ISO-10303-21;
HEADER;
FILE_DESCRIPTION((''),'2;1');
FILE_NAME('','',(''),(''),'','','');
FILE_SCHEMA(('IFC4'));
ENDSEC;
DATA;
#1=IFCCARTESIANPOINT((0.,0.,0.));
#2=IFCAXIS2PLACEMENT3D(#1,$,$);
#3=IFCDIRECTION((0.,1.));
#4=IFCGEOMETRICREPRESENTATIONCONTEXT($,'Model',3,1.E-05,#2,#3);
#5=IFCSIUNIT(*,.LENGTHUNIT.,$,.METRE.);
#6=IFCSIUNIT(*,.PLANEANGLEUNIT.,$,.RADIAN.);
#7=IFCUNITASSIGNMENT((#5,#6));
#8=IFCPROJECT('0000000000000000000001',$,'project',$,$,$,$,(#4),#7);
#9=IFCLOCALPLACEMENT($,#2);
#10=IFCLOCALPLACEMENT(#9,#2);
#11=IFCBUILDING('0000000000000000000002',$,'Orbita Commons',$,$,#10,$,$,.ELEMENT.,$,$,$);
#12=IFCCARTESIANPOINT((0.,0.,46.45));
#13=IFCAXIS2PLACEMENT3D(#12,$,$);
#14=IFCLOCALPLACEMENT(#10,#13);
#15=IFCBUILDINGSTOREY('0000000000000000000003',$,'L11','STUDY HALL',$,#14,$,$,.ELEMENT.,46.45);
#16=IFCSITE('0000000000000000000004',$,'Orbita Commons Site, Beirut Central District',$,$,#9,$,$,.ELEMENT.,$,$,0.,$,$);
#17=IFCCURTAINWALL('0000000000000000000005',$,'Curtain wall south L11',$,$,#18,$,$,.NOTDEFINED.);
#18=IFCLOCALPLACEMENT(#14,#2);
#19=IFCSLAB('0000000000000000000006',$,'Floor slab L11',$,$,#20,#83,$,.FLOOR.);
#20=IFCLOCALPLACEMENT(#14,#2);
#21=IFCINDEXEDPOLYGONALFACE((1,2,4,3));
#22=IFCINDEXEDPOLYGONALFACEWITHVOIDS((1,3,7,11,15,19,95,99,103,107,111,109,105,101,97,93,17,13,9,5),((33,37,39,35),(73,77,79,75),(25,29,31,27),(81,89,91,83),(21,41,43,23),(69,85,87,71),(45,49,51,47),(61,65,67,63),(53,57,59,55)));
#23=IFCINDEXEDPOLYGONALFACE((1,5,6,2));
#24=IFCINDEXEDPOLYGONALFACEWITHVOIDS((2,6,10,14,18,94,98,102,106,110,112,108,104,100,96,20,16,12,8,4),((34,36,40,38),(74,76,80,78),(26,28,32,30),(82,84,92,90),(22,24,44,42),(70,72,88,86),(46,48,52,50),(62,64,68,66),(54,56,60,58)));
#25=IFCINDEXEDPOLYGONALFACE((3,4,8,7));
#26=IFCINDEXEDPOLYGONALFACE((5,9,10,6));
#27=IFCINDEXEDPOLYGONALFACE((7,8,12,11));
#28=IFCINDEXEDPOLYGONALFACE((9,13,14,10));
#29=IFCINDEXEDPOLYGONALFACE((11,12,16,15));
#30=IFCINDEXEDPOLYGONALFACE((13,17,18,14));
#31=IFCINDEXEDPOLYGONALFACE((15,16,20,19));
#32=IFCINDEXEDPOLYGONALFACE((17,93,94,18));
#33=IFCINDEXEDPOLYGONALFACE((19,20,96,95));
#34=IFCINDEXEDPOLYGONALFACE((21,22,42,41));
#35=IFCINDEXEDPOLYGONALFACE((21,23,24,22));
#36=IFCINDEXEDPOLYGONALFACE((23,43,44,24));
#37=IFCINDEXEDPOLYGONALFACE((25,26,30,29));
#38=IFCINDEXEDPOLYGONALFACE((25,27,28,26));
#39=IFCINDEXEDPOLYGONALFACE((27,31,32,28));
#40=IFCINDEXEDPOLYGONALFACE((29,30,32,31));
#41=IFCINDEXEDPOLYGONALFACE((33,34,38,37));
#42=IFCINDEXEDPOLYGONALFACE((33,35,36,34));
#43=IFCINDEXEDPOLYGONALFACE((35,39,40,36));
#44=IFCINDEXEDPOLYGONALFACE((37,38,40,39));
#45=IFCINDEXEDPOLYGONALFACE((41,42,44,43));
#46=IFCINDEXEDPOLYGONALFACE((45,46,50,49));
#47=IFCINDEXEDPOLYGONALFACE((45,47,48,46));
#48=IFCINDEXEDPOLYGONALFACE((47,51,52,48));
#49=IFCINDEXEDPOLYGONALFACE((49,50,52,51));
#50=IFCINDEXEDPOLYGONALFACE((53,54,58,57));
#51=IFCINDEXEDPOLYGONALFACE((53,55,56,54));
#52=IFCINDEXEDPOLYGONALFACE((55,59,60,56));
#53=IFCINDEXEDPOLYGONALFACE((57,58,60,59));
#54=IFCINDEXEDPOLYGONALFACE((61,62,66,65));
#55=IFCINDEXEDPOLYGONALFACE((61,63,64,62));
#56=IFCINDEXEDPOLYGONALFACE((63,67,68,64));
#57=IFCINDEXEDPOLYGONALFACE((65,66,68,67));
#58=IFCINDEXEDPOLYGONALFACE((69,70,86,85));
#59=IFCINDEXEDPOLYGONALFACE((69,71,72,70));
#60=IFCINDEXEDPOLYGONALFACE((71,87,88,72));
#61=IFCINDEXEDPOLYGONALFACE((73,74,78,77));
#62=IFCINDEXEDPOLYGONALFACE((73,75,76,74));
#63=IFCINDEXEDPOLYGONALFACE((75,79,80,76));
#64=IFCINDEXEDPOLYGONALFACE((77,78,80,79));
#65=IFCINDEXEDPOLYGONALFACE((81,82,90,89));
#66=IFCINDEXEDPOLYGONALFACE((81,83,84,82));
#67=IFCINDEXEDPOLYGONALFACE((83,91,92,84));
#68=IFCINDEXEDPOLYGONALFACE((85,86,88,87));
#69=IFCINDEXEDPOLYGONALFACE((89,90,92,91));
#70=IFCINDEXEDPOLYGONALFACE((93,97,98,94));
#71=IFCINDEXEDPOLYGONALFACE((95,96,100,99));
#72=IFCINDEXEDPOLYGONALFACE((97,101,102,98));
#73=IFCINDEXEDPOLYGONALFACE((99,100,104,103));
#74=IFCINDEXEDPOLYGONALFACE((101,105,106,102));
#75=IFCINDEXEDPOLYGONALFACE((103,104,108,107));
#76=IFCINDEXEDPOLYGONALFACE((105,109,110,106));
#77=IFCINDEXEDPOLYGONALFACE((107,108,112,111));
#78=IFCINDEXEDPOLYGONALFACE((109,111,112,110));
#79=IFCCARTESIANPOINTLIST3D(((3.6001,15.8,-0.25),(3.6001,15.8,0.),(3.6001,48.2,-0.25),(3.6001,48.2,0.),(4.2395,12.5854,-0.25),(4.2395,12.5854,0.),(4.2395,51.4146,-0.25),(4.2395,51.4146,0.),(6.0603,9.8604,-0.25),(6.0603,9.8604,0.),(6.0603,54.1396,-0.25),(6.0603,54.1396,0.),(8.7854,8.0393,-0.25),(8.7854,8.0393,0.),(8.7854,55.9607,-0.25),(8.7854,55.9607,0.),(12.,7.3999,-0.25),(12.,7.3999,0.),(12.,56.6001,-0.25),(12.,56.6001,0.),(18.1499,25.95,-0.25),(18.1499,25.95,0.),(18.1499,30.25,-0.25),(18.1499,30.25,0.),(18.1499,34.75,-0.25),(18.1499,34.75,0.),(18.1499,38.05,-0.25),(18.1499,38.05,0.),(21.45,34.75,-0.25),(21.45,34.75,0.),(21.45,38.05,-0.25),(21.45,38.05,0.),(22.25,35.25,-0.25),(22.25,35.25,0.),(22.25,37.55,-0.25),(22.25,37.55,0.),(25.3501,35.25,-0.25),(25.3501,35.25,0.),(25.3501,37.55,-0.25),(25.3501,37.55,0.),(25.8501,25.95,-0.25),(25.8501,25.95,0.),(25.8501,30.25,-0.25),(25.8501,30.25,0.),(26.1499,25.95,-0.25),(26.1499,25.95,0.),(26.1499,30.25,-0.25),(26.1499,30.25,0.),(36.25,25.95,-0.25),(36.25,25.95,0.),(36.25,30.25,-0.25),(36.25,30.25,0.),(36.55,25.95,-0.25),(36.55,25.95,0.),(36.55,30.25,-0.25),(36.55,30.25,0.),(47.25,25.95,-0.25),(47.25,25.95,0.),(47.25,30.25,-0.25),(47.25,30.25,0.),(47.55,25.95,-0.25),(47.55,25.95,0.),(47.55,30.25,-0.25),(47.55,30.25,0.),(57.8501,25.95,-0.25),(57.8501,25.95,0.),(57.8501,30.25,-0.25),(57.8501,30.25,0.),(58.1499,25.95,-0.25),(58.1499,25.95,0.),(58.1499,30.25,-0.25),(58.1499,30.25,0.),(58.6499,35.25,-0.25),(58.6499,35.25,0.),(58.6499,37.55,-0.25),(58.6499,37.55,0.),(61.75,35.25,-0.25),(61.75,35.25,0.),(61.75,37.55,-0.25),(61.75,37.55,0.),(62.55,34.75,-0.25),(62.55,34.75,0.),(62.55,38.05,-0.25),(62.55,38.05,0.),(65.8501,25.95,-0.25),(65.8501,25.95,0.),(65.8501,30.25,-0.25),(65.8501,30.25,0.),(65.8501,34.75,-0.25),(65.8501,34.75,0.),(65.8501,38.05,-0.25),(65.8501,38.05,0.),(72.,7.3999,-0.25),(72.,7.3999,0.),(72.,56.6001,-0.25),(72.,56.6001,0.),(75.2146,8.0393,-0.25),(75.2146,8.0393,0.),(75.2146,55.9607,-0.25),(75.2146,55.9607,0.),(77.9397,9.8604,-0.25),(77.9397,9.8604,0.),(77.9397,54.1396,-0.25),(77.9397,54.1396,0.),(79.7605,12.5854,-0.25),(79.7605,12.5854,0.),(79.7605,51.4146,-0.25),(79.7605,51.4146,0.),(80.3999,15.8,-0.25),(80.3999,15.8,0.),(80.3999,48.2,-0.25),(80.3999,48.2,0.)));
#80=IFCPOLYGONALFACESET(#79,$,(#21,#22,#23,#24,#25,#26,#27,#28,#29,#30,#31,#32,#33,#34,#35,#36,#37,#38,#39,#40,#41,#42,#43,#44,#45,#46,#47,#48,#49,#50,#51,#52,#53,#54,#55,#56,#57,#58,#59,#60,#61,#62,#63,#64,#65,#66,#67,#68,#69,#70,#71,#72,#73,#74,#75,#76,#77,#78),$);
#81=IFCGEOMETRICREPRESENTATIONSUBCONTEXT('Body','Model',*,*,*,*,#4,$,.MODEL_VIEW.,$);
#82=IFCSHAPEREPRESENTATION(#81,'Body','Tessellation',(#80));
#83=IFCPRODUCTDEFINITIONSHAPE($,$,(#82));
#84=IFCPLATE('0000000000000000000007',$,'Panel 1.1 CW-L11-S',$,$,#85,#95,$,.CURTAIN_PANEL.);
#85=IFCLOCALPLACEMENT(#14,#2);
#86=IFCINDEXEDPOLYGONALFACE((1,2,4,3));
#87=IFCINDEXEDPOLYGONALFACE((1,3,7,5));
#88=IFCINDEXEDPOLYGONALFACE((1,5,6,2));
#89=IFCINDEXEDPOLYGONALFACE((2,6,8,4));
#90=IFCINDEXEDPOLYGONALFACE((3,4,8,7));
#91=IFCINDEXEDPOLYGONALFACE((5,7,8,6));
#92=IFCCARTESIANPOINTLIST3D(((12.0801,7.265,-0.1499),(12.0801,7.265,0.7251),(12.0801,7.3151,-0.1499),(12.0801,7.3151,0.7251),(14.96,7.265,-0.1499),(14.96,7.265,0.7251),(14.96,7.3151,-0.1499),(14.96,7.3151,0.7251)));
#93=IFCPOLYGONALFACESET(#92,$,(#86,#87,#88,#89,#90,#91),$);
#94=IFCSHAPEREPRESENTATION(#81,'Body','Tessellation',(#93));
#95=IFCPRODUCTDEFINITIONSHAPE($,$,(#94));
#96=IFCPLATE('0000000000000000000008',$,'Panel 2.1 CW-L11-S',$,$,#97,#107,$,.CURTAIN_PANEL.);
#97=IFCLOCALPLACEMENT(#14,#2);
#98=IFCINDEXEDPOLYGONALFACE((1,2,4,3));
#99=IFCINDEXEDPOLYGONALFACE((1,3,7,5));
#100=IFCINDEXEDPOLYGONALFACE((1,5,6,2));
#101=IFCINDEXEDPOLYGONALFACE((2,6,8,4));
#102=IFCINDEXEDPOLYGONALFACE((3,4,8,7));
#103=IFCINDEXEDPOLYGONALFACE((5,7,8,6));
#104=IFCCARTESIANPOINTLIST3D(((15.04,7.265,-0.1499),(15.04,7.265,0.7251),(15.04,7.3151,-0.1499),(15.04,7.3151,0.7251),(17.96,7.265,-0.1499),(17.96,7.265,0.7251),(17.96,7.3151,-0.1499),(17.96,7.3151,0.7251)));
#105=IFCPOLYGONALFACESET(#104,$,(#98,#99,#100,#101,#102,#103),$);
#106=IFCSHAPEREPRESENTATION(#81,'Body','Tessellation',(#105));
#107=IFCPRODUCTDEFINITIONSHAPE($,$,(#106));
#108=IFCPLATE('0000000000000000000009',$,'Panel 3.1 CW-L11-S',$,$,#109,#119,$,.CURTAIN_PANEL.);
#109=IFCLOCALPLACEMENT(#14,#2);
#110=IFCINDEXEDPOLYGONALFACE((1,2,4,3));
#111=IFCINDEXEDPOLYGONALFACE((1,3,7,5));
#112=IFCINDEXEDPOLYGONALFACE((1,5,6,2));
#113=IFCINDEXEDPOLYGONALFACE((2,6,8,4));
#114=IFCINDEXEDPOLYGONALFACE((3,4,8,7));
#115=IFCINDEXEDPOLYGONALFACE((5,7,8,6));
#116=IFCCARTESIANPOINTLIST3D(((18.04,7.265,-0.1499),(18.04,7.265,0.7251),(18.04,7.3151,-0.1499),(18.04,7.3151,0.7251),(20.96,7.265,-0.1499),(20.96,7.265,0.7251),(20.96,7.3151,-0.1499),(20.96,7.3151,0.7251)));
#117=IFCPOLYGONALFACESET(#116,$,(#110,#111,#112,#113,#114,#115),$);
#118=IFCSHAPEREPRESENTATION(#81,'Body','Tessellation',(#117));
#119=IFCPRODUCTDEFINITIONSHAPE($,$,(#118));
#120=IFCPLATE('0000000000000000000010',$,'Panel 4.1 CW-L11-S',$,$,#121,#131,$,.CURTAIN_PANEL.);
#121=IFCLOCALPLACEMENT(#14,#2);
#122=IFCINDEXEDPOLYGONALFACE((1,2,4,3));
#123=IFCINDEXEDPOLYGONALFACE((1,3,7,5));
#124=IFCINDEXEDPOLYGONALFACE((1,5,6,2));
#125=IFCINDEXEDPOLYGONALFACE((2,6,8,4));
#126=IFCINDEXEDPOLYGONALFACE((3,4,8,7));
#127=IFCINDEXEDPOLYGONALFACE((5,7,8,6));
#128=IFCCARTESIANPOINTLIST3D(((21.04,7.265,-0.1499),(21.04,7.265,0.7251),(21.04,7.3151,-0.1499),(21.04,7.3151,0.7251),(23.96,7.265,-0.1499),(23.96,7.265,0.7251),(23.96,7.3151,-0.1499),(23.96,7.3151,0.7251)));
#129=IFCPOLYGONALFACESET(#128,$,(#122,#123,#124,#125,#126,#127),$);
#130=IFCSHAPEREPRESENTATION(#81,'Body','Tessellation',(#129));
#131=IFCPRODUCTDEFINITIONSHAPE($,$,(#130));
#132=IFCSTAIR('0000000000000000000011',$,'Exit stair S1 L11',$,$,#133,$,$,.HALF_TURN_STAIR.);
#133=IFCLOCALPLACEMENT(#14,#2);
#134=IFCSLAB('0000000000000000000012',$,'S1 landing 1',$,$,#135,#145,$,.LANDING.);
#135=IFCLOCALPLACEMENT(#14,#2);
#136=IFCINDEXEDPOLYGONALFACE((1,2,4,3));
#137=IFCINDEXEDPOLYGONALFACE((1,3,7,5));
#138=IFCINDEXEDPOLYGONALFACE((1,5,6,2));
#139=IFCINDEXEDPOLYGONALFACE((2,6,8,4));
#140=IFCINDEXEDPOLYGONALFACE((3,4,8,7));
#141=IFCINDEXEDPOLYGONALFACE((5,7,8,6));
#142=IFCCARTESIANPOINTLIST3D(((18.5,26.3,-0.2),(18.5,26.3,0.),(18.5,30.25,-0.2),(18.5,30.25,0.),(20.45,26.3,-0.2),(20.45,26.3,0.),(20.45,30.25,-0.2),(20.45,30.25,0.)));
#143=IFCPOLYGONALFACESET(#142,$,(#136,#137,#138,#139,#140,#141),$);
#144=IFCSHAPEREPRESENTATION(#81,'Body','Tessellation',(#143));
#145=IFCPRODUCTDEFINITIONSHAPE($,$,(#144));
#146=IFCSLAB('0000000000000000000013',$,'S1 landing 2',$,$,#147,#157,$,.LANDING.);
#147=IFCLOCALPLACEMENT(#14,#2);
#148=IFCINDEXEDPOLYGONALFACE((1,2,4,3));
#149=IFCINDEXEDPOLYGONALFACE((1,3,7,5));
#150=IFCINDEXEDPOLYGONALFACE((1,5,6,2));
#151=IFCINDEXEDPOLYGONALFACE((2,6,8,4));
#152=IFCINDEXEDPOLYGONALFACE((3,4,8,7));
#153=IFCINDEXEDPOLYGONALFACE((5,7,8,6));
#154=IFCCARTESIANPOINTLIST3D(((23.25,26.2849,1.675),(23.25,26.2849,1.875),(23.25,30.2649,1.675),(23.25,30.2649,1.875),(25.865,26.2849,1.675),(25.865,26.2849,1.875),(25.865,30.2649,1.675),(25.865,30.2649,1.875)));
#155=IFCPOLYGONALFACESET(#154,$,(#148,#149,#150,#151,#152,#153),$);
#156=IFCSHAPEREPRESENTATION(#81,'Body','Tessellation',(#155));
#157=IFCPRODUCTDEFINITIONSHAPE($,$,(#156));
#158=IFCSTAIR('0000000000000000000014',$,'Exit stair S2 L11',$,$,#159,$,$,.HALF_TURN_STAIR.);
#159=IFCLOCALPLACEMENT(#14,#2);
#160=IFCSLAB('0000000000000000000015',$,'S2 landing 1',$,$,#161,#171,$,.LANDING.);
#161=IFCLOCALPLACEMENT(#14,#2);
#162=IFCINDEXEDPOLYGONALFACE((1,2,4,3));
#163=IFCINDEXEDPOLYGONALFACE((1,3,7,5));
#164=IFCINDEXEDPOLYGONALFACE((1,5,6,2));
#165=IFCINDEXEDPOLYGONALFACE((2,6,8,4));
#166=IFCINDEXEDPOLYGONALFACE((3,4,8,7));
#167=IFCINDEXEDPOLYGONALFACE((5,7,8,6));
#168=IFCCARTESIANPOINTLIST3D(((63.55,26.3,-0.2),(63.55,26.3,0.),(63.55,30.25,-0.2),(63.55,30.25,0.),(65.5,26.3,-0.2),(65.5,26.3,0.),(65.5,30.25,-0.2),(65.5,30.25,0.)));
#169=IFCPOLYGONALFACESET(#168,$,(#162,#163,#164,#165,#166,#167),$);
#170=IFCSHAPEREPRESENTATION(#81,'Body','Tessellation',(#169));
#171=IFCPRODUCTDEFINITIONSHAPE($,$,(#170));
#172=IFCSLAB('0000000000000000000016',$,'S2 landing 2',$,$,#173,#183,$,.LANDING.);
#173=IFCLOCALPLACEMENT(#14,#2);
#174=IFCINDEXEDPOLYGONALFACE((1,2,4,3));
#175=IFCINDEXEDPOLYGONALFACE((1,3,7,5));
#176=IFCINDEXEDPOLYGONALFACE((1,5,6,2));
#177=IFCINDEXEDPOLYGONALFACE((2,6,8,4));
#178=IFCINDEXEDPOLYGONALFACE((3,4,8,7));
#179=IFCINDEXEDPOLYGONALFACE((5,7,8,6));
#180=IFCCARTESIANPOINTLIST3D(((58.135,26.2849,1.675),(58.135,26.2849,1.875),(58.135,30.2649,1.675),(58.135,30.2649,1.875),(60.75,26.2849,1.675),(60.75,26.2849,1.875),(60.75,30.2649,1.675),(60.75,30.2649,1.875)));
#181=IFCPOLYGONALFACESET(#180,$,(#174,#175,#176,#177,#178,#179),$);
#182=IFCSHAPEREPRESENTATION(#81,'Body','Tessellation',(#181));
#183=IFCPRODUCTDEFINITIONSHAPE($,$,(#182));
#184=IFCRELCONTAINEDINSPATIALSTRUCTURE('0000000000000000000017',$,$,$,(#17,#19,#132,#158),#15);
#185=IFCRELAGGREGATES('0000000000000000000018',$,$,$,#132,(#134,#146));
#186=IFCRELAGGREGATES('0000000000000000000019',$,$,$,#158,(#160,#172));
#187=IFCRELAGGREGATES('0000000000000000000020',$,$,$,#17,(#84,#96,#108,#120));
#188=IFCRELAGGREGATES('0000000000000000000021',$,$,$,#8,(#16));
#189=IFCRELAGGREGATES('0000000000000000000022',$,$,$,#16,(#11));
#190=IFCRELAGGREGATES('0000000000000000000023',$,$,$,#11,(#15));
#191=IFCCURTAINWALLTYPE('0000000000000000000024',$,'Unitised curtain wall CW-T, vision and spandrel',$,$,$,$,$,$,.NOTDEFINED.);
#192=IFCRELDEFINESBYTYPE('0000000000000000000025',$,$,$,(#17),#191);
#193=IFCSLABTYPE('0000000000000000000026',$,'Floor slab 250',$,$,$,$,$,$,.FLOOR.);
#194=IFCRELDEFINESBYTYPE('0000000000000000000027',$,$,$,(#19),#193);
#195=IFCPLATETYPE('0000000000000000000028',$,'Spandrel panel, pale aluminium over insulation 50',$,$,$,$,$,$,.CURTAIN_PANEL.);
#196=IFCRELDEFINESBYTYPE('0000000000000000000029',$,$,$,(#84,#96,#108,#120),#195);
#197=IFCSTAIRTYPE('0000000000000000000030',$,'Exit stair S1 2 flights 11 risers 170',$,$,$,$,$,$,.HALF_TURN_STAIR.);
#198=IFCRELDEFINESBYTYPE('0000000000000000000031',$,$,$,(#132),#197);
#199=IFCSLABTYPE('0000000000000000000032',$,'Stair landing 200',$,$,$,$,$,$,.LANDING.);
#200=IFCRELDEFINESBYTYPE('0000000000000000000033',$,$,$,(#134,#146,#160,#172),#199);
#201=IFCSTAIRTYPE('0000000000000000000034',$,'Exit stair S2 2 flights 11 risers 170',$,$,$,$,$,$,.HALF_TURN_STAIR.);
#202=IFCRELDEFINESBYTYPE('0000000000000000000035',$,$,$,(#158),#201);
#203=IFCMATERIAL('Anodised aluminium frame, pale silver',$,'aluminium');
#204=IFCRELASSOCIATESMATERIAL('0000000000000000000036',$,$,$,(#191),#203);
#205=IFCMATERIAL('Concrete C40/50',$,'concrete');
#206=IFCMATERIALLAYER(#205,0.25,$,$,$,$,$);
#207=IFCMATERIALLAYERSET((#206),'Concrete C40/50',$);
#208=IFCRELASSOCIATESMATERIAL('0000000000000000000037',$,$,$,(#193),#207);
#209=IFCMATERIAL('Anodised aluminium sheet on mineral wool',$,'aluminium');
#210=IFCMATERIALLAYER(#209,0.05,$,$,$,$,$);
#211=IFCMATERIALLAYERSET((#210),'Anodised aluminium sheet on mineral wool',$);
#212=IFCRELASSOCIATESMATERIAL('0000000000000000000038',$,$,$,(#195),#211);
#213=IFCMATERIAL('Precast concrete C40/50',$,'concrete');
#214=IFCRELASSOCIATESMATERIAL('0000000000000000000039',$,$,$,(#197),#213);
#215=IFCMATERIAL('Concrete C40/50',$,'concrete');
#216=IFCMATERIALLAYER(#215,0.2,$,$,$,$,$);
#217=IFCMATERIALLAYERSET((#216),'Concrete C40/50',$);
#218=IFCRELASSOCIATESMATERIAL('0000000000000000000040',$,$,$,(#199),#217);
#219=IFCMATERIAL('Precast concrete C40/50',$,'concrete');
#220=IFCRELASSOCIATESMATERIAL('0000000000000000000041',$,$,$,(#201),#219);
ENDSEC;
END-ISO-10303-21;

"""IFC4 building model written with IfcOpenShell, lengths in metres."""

from ifc_helpers import new_model, si_unit, direction, frame, origin, origin_2d, place, context, subcontext, project, spatial, polyline, rectangle, outline, extrude, material, layer, layer_set, type_object, element, aggregate, save


model = new_model("IFC4")

# Units and contexts
model_context = context("Model", 3, precision=1e-05, world=origin(), true_north=direction((0.0, 1.0)))
body_context = subcontext(model_context, "Body", "Model", "MODEL_VIEW")
ifc_project = project(units=[si_unit("LENGTHUNIT", "METRE"), si_unit("PLANEANGLEUNIT", "RADIAN")], contexts=[model_context])

# Site, building, storey
site_placement = place(None, origin())
site = spatial("IfcSite", under=ifc_project, at=site_placement, Name="Orbita Commons Site, Beirut Central District", CompositionType="ELEMENT", RefElevation=0.0)
building_placement = place(site_placement, origin())
building = spatial("IfcBuilding", under=site, at=building_placement, Name="Orbita Commons", CompositionType="ELEMENT")
storey_placement = place(building_placement, frame((0.0, 0.0, 46.45)))
storey = spatial("IfcBuildingStorey", under=building, at=storey_placement, Name="L11", Description="STUDY HALL", CompositionType="ELEMENT", Elevation=46.45)

# Curtain wall
ifc_material_1 = material(Name="Anodised aluminium frame, pale silver", Category="aluminium")
curtain_wall_type = type_object("IfcCurtainWallType", Name="Unitised curtain wall CW-T, vision and spandrel", PredefinedType="NOTDEFINED", material=ifc_material_1)
curtain_wall_placement = place(storey_placement, origin())
curtain_wall = element("IfcCurtainWall", 1, at=curtain_wall_placement, inside=storey, type_object=curtain_wall_type, Name="Curtain wall south L11", PredefinedType="NOTDEFINED")

# Slab
ifc_material_2 = material(Name="Concrete C40/50", Category="concrete")
ifc_layer_1 = layer(ifc_material_2, 0.25)
ifc_layer_set_1 = layer_set([ifc_layer_1], Name="Concrete C40/50")
slab_type_1 = type_object("IfcSlabType", Name="Floor slab 250", PredefinedType="FLOOR", material=ifc_layer_set_1)
slab_1_placement = place(storey_placement, frame((0.0, 0.0, -0.25)))
element("IfcSlab", 2, at=slab_1_placement, inside=storey, type_object=slab_type_1, Name="Floor slab L11", PredefinedType="FLOOR", context=body_context, shape_type="SweptSolid", body=[
    extrude(outline(polyline([(72.0, 7.3999), (75.2146, 8.0393), (77.9397, 9.8604), (79.7605, 12.5854), (80.3999, 15.8), (80.3999, 48.2), (79.7605, 51.4146), (77.9397, 54.1396), (75.2146, 55.9607), (72.0, 56.6001), (12.0, 56.6001), (8.7854, 55.9607), (6.0603, 54.1396), (4.2395, 51.4146), (3.6001, 48.2), (3.6001, 15.8), (4.2395, 12.5854), (6.0603, 9.8604), (8.7854, 8.0393), (12.0, 7.3999), (72.0, 7.3999)]), holes=[polyline([(18.1499, 25.95), (25.8501, 25.95), (25.8501, 30.25), (18.1499, 30.25), (18.1499, 25.95)]), polyline([(58.1499, 25.95), (65.8501, 25.95), (65.8501, 30.25), (58.1499, 30.25), (58.1499, 25.95)]), polyline([(18.1499, 34.75), (21.45, 34.75), (21.45, 38.05), (18.1499, 38.05), (18.1499, 34.75)]), polyline([(62.55, 34.75), (65.8501, 34.75), (65.8501, 38.05), (62.55, 38.05), (62.55, 34.75)]), polyline([(22.25, 35.25), (25.3501, 35.25), (25.3501, 37.55), (22.25, 37.55), (22.25, 35.25)]), polyline([(58.6499, 35.25), (61.75, 35.25), (61.75, 37.55), (58.6499, 37.55), (58.6499, 35.25)]), polyline([(26.1499, 25.95), (36.25, 25.95), (36.25, 30.25), (26.1499, 30.25), (26.1499, 25.95)]), polyline([(36.55, 25.95), (47.25, 25.95), (47.25, 30.25), (36.55, 30.25), (36.55, 25.95)]), polyline([(47.55, 25.95), (57.8501, 25.95), (57.8501, 30.25), (47.55, 30.25), (47.55, 25.95)])]), origin(), (0.0, 0.0, 1.0), 0.25),
])

# Plates
ifc_material_3 = material(Name="Anodised aluminium sheet on mineral wool", Category="aluminium")
ifc_layer_2 = layer(ifc_material_3, 0.05)
ifc_layer_set_2 = layer_set([ifc_layer_2], Name="Anodised aluminium sheet on mineral wool")
plate_type_1 = type_object("IfcPlateType", Name="Spandrel panel, pale aluminium over insulation 50", PredefinedType="CURTAIN_PANEL", material=ifc_layer_set_2)
plate_1_placement = place(storey_placement, frame((13.52, 7.29, -0.1499), z_axis=(0.0, 0.0, 1.0), x_axis=(1.0, 0.0, 0.0)))
plate_1 = element("IfcPlate", 3, at=plate_1_placement, type_object=plate_type_1, Name="Panel 1.1 CW-L11-S", PredefinedType="CURTAIN_PANEL", context=body_context, shape_type="SweptSolid", body=[
    extrude(rectangle(XDim=2.8799, YDim=0.05, at=origin_2d()), origin(), (0.0, 0.0, 1.0), 0.875),
])
plate_2_placement = place(storey_placement, frame((16.5, 7.29, -0.1499), z_axis=(0.0, 0.0, 1.0), x_axis=(1.0, 0.0, 0.0)))
plate_2 = element("IfcPlate", 4, at=plate_2_placement, type_object=plate_type_1, Name="Panel 2.1 CW-L11-S", PredefinedType="CURTAIN_PANEL", context=body_context, shape_type="SweptSolid", body=[
    extrude(rectangle(XDim=2.9199, YDim=0.05, at=origin_2d()), origin(), (0.0, 0.0, 1.0), 0.875),
])
plate_3_placement = place(storey_placement, frame((19.5, 7.29, -0.1499), z_axis=(0.0, 0.0, 1.0), x_axis=(1.0, 0.0, 0.0)))
plate_3 = element("IfcPlate", 5, at=plate_3_placement, type_object=plate_type_1, Name="Panel 3.1 CW-L11-S", PredefinedType="CURTAIN_PANEL", context=body_context, shape_type="SweptSolid", body=[
    extrude(rectangle(XDim=2.9199, YDim=0.05, at=origin_2d()), origin(), (0.0, 0.0, 1.0), 0.875),
])
plate_4_placement = place(storey_placement, frame((22.5, 7.29, -0.1499), z_axis=(0.0, 0.0, 1.0), x_axis=(1.0, 0.0, 0.0)))
plate_4 = element("IfcPlate", 6, at=plate_4_placement, type_object=plate_type_1, Name="Panel 4.1 CW-L11-S", PredefinedType="CURTAIN_PANEL", context=body_context, shape_type="SweptSolid", body=[
    extrude(rectangle(XDim=2.9199, YDim=0.05, at=origin_2d()), origin(), (0.0, 0.0, 1.0), 0.875),
])

# Stairs, slabs
ifc_material_4 = material(Name="Precast concrete C40/50", Category="concrete")
stair_type_1 = type_object("IfcStairType", Name="Exit stair S1 2 flights 11 risers 170", PredefinedType="HALF_TURN_STAIR", material=ifc_material_4)
stair_1_placement = place(storey_placement, origin())
stair_1 = element("IfcStair", 7, at=stair_1_placement, inside=storey, type_object=stair_type_1, Name="Exit stair S1 L11", PredefinedType="HALF_TURN_STAIR")
ifc_material_5 = material(Name="Concrete C40/50", Category="concrete")
ifc_layer_3 = layer(ifc_material_5, 0.2)
ifc_layer_set_3 = layer_set([ifc_layer_3], Name="Concrete C40/50")
slab_type_2 = type_object("IfcSlabType", Name="Stair landing 200", PredefinedType="LANDING", material=ifc_layer_set_3)
slab_2_placement = place(storey_placement, frame((0.0, 0.0, -0.2)))
slab_2 = element("IfcSlab", 8, at=slab_2_placement, type_object=slab_type_2, Name="S1 landing 1", PredefinedType="LANDING", context=body_context, shape_type="SweptSolid", body=[
    extrude(outline(polyline([(18.5, 26.3), (20.45, 26.3), (20.45, 30.25), (18.5, 30.25), (18.5, 26.3)])), origin(), (0.0, 0.0, 1.0), 0.2),
])
slab_3_placement = place(storey_placement, frame((0.0, 0.0, 1.675)))
slab_3 = element("IfcSlab", 9, at=slab_3_placement, type_object=slab_type_2, Name="S1 landing 2", PredefinedType="LANDING", context=body_context, shape_type="SweptSolid", body=[
    extrude(outline(polyline([(23.25, 26.2849), (25.865, 26.2849), (25.865, 30.2649), (23.25, 30.2649), (23.25, 26.2849)])), origin(), (0.0, 0.0, 1.0), 0.2),
])
aggregate(stair_1, [slab_2, slab_3])
ifc_material_6 = material(Name="Precast concrete C40/50", Category="concrete")
stair_type_2 = type_object("IfcStairType", Name="Exit stair S2 2 flights 11 risers 170", PredefinedType="HALF_TURN_STAIR", material=ifc_material_6)
stair_2_placement = place(storey_placement, origin())
stair_2 = element("IfcStair", 10, at=stair_2_placement, inside=storey, type_object=stair_type_2, Name="Exit stair S2 L11", PredefinedType="HALF_TURN_STAIR")
slab_4_placement = place(storey_placement, frame((0.0, 0.0, -0.2)))
slab_4 = element("IfcSlab", 11, at=slab_4_placement, type_object=slab_type_2, Name="S2 landing 1", PredefinedType="LANDING", context=body_context, shape_type="SweptSolid", body=[
    extrude(outline(polyline([(63.55, 26.3), (65.5, 26.3), (65.5, 30.25), (63.55, 30.25), (63.55, 26.3)])), origin(), (0.0, 0.0, 1.0), 0.2),
])
slab_5_placement = place(storey_placement, frame((0.0, 0.0, 1.675)))
slab_5 = element("IfcSlab", 12, at=slab_5_placement, type_object=slab_type_2, Name="S2 landing 2", PredefinedType="LANDING", context=body_context, shape_type="SweptSolid", body=[
    extrude(outline(polyline([(58.135, 26.2849), (60.75, 26.2849), (60.75, 30.2649), (58.135, 30.2649), (58.135, 26.2849)])), origin(), (0.0, 0.0, 1.0), 0.2),
])
aggregate(stair_2, [slab_4, slab_5])

aggregate(curtain_wall, [plate_1, plate_2, plate_3, plate_4])

save(model, "model.ifc")
